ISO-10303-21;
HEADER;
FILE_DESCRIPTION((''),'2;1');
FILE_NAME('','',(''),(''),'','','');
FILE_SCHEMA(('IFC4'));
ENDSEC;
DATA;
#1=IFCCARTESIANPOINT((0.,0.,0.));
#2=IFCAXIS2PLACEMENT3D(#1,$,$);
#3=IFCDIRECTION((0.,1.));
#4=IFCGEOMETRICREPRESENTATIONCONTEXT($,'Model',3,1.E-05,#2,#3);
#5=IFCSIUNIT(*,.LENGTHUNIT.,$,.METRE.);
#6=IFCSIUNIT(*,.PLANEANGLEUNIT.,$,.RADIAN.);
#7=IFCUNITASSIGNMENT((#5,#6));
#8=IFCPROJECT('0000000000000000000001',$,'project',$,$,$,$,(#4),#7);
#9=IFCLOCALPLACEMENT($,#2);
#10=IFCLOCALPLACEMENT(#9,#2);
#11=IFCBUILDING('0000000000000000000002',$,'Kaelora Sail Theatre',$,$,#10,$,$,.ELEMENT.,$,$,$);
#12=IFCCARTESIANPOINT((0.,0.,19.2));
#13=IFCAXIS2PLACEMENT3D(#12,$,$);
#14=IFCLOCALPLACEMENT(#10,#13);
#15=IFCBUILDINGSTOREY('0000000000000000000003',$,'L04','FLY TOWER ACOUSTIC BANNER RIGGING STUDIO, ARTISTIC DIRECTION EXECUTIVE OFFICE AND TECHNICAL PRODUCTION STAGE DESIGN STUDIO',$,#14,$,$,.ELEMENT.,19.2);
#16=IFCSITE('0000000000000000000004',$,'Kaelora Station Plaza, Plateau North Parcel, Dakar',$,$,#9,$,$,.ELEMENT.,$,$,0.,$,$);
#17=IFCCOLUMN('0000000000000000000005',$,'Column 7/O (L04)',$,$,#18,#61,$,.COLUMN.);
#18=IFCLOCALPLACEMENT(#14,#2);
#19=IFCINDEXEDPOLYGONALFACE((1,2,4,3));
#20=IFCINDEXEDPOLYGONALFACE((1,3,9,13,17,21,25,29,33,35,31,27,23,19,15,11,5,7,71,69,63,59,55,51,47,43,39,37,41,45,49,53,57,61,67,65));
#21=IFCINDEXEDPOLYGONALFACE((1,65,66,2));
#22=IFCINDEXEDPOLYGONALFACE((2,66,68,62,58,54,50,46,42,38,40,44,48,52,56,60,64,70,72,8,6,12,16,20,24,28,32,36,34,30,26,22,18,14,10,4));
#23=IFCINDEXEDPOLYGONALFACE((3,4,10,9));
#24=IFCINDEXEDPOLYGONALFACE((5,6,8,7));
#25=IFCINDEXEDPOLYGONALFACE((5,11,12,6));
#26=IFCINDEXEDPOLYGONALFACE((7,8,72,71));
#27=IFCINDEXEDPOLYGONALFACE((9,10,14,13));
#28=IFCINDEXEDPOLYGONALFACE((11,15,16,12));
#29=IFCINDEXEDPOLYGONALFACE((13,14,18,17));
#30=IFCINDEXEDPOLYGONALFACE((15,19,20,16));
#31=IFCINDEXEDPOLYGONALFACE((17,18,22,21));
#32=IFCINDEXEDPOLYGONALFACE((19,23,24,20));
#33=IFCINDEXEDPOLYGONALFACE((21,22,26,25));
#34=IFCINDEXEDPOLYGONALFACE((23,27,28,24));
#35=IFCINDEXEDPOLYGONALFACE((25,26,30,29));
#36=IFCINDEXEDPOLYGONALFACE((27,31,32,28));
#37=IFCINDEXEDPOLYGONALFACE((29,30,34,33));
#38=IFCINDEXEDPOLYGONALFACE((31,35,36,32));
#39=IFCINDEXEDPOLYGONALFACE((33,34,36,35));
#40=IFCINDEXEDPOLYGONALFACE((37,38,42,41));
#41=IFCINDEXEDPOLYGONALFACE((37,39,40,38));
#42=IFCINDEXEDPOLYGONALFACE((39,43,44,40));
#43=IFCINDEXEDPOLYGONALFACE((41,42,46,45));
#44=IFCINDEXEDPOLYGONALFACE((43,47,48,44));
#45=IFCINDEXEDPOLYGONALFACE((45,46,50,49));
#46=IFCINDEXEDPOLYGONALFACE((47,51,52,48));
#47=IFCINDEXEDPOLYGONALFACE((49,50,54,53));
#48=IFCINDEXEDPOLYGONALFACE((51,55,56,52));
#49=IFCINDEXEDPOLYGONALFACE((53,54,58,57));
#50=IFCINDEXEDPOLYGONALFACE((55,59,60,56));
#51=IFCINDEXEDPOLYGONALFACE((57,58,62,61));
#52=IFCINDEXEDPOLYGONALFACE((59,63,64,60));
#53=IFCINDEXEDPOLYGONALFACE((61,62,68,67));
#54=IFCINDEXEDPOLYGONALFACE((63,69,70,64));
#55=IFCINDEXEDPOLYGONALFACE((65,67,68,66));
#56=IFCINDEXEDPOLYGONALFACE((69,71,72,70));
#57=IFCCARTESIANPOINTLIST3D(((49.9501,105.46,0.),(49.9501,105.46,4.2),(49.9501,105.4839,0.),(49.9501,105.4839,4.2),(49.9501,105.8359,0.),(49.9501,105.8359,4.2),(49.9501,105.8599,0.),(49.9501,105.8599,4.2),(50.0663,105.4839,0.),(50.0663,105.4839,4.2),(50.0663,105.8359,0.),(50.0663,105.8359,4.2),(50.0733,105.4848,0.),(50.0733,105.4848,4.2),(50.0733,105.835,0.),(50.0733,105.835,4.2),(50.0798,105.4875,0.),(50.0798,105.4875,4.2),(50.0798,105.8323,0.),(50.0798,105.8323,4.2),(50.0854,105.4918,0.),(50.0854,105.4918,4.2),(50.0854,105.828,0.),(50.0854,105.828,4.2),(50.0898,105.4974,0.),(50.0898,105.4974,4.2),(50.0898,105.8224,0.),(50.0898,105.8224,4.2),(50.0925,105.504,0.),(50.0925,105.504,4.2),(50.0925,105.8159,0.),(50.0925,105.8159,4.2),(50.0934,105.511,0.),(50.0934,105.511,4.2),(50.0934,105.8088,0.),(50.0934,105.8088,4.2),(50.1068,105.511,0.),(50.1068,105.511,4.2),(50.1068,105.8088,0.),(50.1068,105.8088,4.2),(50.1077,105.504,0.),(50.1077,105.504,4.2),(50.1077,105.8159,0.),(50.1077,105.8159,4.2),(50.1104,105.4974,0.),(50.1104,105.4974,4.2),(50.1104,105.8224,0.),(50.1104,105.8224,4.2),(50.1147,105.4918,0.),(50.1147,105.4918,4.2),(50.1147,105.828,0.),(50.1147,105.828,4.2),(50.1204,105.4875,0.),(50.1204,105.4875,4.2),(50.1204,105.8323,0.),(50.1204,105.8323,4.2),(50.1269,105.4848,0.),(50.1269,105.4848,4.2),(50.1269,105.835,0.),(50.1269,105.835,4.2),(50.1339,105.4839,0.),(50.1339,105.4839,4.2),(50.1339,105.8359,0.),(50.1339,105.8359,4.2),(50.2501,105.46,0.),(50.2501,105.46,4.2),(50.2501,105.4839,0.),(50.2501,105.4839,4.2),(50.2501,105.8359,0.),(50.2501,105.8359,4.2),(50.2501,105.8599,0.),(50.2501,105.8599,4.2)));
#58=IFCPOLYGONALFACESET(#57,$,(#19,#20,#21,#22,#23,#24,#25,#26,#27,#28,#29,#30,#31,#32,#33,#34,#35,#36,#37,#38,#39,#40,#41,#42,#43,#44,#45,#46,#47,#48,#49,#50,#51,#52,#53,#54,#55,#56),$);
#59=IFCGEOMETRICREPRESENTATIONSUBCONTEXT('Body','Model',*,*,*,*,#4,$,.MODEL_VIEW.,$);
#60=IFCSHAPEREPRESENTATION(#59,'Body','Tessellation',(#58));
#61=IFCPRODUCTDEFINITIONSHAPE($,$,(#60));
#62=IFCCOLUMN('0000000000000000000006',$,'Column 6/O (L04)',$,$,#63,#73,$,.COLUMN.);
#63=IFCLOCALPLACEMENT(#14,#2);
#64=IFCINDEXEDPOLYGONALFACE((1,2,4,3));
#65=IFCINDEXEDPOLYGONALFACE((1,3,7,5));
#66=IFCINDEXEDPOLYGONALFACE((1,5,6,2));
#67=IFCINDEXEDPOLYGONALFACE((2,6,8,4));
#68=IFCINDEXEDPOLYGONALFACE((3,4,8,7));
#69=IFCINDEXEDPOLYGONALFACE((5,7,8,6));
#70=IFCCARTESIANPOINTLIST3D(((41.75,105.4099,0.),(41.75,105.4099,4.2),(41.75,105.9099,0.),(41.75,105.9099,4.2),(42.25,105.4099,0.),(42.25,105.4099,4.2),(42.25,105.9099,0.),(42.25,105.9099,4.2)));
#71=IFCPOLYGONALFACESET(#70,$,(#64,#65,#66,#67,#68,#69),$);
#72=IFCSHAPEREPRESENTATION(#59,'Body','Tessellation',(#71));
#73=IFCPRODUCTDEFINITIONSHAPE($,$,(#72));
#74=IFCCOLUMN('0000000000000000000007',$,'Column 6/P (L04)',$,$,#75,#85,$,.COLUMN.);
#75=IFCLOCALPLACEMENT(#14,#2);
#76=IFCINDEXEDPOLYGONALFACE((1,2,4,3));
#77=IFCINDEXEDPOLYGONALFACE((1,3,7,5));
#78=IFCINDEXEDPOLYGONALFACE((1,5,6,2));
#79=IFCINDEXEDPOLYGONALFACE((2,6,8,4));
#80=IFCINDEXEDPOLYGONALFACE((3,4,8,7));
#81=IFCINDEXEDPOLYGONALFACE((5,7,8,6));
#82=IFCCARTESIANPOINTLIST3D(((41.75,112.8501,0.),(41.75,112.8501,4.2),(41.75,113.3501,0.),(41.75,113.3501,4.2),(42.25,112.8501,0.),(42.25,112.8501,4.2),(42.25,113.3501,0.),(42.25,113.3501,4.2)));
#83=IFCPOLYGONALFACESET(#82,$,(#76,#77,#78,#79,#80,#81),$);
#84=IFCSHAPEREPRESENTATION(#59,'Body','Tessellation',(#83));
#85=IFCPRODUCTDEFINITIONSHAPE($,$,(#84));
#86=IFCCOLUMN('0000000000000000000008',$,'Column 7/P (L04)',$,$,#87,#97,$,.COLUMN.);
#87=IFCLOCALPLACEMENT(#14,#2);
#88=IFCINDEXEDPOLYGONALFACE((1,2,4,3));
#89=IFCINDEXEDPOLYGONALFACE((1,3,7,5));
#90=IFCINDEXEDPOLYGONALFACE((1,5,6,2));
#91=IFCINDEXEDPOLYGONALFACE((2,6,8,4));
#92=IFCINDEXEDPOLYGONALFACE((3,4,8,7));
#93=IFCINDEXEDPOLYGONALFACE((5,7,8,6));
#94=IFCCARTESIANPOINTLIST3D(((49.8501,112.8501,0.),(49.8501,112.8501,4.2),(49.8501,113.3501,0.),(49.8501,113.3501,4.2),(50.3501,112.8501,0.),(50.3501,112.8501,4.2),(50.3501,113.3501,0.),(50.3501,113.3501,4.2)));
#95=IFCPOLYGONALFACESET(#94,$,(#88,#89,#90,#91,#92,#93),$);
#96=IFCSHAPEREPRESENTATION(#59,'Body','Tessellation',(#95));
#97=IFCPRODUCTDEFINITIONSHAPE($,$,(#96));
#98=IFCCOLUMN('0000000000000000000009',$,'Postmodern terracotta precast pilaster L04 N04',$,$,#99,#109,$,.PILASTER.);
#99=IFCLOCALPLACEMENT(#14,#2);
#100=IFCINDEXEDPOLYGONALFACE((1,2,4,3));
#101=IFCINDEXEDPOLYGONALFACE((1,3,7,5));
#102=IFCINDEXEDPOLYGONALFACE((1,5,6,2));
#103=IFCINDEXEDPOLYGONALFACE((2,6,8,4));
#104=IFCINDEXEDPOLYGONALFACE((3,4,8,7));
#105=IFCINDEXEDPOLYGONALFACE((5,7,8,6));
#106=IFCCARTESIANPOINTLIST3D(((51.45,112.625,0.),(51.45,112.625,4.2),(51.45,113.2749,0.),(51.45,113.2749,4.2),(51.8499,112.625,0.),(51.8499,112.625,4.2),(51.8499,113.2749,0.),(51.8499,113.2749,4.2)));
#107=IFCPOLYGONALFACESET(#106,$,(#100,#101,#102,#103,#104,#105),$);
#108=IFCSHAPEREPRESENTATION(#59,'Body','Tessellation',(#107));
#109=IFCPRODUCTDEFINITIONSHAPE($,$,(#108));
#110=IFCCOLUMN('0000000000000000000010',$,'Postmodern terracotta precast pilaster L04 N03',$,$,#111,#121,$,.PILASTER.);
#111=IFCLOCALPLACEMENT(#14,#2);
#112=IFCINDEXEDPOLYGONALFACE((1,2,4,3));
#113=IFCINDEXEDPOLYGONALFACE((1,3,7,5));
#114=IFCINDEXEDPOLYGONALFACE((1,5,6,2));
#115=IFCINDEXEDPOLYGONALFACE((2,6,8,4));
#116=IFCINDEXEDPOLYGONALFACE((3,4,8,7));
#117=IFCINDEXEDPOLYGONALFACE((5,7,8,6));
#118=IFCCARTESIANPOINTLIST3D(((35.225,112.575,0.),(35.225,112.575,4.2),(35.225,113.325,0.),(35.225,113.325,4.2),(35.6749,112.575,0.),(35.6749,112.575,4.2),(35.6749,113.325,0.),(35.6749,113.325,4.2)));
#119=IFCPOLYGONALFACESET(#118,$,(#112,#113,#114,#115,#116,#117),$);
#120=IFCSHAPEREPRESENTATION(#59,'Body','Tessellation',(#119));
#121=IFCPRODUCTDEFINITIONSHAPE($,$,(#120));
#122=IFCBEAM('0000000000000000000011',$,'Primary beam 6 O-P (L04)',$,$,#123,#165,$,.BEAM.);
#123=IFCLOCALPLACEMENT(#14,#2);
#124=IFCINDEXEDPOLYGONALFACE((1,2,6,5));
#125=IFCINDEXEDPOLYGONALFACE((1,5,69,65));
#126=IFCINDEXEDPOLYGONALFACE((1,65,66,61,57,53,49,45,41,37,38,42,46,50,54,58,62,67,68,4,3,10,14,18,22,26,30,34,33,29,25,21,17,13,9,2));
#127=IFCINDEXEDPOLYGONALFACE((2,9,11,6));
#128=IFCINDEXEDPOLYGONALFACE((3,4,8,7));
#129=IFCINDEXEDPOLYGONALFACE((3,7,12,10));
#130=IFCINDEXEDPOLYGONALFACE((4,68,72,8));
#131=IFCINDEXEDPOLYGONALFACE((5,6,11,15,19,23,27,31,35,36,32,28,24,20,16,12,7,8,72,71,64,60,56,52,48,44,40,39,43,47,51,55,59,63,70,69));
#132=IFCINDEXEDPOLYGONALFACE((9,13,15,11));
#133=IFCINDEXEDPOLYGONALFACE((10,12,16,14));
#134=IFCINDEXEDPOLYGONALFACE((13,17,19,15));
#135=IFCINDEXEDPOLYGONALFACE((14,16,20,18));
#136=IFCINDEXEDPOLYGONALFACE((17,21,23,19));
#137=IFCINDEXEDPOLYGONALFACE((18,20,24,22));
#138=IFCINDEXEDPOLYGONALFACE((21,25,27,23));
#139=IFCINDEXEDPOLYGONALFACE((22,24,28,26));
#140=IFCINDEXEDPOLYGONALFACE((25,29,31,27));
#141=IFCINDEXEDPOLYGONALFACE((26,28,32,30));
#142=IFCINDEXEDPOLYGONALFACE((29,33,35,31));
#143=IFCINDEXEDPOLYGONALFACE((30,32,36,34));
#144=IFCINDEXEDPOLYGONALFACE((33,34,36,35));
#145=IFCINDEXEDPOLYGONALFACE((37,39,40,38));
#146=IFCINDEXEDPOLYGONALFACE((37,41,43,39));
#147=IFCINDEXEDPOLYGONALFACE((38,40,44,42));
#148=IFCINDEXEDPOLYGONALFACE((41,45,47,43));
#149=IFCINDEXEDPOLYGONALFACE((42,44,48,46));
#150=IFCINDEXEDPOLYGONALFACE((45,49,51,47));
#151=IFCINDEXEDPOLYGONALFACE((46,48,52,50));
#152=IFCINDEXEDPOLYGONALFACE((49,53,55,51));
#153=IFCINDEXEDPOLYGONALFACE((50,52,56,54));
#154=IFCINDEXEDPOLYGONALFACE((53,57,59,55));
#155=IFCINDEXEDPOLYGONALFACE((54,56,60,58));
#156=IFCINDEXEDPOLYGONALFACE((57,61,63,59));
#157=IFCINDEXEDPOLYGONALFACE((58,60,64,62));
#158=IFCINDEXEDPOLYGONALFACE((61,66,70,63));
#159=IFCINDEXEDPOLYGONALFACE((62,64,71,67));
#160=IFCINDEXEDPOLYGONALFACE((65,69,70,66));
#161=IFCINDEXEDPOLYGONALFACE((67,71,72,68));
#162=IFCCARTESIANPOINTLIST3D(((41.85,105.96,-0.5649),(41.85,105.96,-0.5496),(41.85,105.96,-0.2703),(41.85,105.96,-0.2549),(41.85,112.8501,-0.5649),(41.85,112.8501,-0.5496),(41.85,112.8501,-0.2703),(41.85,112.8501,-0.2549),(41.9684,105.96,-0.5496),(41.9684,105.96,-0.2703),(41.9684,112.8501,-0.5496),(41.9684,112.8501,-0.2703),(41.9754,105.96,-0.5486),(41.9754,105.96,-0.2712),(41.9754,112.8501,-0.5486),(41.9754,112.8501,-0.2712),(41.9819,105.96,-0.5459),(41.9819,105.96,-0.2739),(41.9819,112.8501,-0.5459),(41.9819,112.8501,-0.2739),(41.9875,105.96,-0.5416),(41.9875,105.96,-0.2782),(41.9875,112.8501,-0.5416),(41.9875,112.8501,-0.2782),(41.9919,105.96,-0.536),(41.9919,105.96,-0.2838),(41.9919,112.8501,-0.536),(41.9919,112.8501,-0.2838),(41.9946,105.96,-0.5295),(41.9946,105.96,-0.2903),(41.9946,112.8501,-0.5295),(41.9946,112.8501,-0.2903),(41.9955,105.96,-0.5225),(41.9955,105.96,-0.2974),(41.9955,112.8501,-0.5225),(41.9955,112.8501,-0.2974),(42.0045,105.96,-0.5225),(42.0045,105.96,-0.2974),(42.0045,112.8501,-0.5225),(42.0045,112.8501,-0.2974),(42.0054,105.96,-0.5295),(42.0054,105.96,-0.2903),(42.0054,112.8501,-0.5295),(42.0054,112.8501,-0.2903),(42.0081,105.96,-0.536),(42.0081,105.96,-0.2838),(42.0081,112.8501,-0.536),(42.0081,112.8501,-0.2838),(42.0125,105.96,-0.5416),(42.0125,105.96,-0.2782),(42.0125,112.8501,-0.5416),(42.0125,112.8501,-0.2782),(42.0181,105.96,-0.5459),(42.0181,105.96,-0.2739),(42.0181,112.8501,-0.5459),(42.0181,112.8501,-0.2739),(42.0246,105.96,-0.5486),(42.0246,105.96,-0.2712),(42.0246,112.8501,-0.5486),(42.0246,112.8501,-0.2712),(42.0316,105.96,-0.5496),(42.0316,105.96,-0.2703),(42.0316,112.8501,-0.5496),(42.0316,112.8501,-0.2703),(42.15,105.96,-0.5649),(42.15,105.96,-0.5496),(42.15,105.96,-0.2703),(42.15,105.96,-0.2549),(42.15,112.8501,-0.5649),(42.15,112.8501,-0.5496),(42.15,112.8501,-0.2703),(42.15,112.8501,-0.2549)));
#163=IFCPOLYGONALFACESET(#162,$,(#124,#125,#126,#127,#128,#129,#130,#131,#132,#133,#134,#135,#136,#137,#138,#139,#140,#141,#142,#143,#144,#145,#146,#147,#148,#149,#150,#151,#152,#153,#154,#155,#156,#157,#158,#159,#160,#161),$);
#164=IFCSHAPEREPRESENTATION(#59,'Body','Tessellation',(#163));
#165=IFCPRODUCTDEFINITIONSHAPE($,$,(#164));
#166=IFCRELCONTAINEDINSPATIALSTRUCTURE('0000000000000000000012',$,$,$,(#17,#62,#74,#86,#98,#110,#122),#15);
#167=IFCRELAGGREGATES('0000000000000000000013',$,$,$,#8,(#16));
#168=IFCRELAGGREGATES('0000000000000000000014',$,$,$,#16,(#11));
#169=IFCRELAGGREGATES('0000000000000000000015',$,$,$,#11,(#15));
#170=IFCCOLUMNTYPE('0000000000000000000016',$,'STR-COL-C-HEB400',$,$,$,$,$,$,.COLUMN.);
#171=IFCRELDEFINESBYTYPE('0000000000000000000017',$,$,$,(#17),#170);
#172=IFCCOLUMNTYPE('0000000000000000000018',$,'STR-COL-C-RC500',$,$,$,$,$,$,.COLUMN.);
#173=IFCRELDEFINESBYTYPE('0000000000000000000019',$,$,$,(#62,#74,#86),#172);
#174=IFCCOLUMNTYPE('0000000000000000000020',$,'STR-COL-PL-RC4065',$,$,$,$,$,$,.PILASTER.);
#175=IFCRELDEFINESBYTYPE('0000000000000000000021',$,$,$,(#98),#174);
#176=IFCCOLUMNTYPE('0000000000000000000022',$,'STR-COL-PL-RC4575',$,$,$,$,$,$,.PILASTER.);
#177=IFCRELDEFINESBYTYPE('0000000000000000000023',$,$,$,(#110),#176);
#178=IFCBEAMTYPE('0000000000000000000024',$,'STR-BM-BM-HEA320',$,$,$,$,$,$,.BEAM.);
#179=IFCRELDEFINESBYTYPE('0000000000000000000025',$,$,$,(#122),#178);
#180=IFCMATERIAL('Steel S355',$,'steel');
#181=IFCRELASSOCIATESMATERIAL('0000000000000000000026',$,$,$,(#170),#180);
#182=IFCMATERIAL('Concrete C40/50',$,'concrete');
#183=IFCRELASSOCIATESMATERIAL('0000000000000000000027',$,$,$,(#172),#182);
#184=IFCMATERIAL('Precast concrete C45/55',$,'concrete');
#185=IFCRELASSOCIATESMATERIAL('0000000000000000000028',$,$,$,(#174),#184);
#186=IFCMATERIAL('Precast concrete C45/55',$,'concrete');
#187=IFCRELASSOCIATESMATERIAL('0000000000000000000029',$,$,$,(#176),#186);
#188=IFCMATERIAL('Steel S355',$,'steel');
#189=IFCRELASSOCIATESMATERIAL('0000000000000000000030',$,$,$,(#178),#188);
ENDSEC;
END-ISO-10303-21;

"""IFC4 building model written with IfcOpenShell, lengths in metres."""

from ifc_helpers import new_model, si_unit, direction, frame, origin, origin_2d, place, context, subcontext, project, spatial, rectangle, i_section, extrude, material, material_profile, profile_set, type_object, element, save


model = new_model("IFC4")

# Units and contexts
model_context = context("Model", 3, precision=1e-05, world=origin(), true_north=direction((0.0, 1.0)))
body_context = subcontext(model_context, "Body", "Model", "MODEL_VIEW")
ifc_project = project(units=[si_unit("LENGTHUNIT", "METRE"), si_unit("PLANEANGLEUNIT", "RADIAN")], contexts=[model_context])

# Site, building, storey
site_placement = place(None, origin())
site = spatial("IfcSite", under=ifc_project, at=site_placement, Name="Kaelora Station Plaza, Plateau North Parcel, Dakar", CompositionType="ELEMENT", RefElevation=0.0)
building_placement = place(site_placement, origin())
building = spatial("IfcBuilding", under=site, at=building_placement, Name="Kaelora Sail Theatre", CompositionType="ELEMENT")
storey_placement = place(building_placement, frame((0.0, 0.0, 19.2)))
storey = spatial("IfcBuildingStorey", under=building, at=storey_placement, Name="L04", Description="FLY TOWER ACOUSTIC BANNER RIGGING STUDIO, ARTISTIC DIRECTION EXECUTIVE OFFICE AND TECHNICAL PRODUCTION STAGE DESIGN STUDIO", CompositionType="ELEMENT", Elevation=19.2)

# Columns
ifc_material_1 = material(Name="Steel S355", Category="steel")
ifc_material_profile_1 = material_profile(ifc_material_1, i_section(OverallWidth=0.3, OverallDepth=0.3999, WebThickness=0.0134, FlangeThickness=0.0239, FilletRadius=0.0271, at=origin_2d()), Name="HEB 400")
ifc_profile_set_1 = profile_set([ifc_material_profile_1], Name="Steel S355")
column_type_1 = type_object("IfcColumnType", Name="STR-COL-C-HEB400", PredefinedType="COLUMN", material=ifc_profile_set_1)
column_1_placement = place(storey_placement, frame((50.1001, 105.6599, 0.0), z_axis=(0.0, 0.0, 1.0), x_axis=(1.0, 0.0, 0.0)))
element("IfcColumn", 1, at=column_1_placement, inside=storey, type_object=column_type_1, Name="Column 7/O (L04)", PredefinedType="COLUMN", context=body_context, shape_type="SweptSolid", body=[
    extrude(i_section(OverallWidth=0.3, OverallDepth=0.3999, WebThickness=0.0134, FlangeThickness=0.0239, FilletRadius=0.0271, at=origin_2d()), origin(), (0.0, 0.0, 1.0), 4.2),
])
ifc_material_2 = material(Name="Concrete C40/50", Category="concrete")
ifc_material_profile_2 = material_profile(ifc_material_2, rectangle(XDim=0.5, YDim=0.5, at=origin_2d()), Name="RC-COL 500x500")
ifc_profile_set_2 = profile_set([ifc_material_profile_2], Name="Concrete C40/50")
column_type_2 = type_object("IfcColumnType", Name="STR-COL-C-RC500", PredefinedType="COLUMN", material=ifc_profile_set_2)
for number, where, z_axis, x_axis, name in (
    (2, (42.0, 105.6599, 0.0), (0.0, 0.0, 1.0), (1.0, 0.0, 0.0), "Column 6/O (L04)"),
    (3, (42.0, 113.1001, 0.0), (0.0, 0.0, 1.0), (1.0, 0.0, 0.0), "Column 6/P (L04)"),
    (4, (50.1001, 113.1001, 0.0), (0.0, 0.0, 1.0), (1.0, 0.0, 0.0), "Column 7/P (L04)"),
):
    element("IfcColumn", number, at=place(storey_placement, frame(where, z_axis=z_axis, x_axis=x_axis)), inside=storey, type_object=column_type_2, Name=name, PredefinedType="COLUMN", context=body_context, shape_type="SweptSolid", body=[
        extrude(rectangle(XDim=0.5, YDim=0.5, at=origin_2d()), origin(), (0.0, 0.0, 1.0), 4.2),
    ])
ifc_material_3 = material(Name="Precast concrete C45/55", Category="concrete")
ifc_material_profile_3 = material_profile(ifc_material_3, rectangle(XDim=0.3999, YDim=0.6499, at=origin_2d()), Name="RC-PIL 400x650")
ifc_profile_set_3 = profile_set([ifc_material_profile_3], Name="Precast concrete C45/55")
column_type_3 = type_object("IfcColumnType", Name="STR-COL-PL-RC4065", PredefinedType="PILASTER", material=ifc_profile_set_3)
column_2_placement = place(storey_placement, frame((51.6499, 112.95, 0.0), z_axis=(0.0, 0.0, 1.0), x_axis=(1.0, 0.0, 0.0)))
element("IfcColumn", 5, at=column_2_placement, inside=storey, type_object=column_type_3, Name="Postmodern terracotta precast pilaster L04 N04", PredefinedType="PILASTER", context=body_context, shape_type="SweptSolid", body=[
    extrude(rectangle(XDim=0.3999, YDim=0.6499, at=origin_2d()), origin(), (0.0, 0.0, 1.0), 4.2),
])
ifc_material_4 = material(Name="Precast concrete C45/55", Category="concrete")
ifc_material_profile_4 = material_profile(ifc_material_4, rectangle(XDim=0.45, YDim=0.75, at=origin_2d()), Name="RC-PIL 450x750")
ifc_profile_set_4 = profile_set([ifc_material_profile_4], Name="Precast concrete C45/55")
column_type_4 = type_object("IfcColumnType", Name="STR-COL-PL-RC4575", PredefinedType="PILASTER", material=ifc_profile_set_4)
column_3_placement = place(storey_placement, frame((35.45, 112.95, 0.0), z_axis=(0.0, 0.0, 1.0), x_axis=(1.0, 0.0, 0.0)))
element("IfcColumn", 6, at=column_3_placement, inside=storey, type_object=column_type_4, Name="Postmodern terracotta precast pilaster L04 N03", PredefinedType="PILASTER", context=body_context, shape_type="SweptSolid", body=[
    extrude(rectangle(XDim=0.45, YDim=0.75, at=origin_2d()), origin(), (0.0, 0.0, 1.0), 4.2),
])

# Beam
ifc_material_5 = material(Name="Steel S355", Category="steel")
ifc_material_profile_5 = material_profile(ifc_material_5, i_section(OverallWidth=0.3, OverallDepth=0.3101, WebThickness=0.009, FlangeThickness=0.0154, FilletRadius=0.0271, at=origin_2d()), Name="HEA 320")
ifc_profile_set_5 = profile_set([ifc_material_profile_5], Name="Steel S355")
beam_type_1 = type_object("IfcBeamType", Name="STR-BM-BM-HEA320", PredefinedType="BEAM", material=ifc_profile_set_5)
for number, where, z_axis, x_axis, name in (
    (7, (42.0, 105.96, -0.4099), (0.0, 1.0, 0.0), (-1.0, 0.0, 0.0), "Primary beam 6 O-P (L04)"),
):
    element("IfcBeam", number, at=place(storey_placement, frame(where, z_axis=z_axis, x_axis=x_axis)), inside=storey, type_object=beam_type_1, Name=name, PredefinedType="BEAM", context=body_context, shape_type="SweptSolid", body=[
        extrude(i_section(OverallWidth=0.3, OverallDepth=0.3101, WebThickness=0.009, FlangeThickness=0.0154, FilletRadius=0.0271, at=origin_2d()), origin(), (0.0, 0.0, 1.0), 6.8901),
    ])

save(model, "model.ifc")
